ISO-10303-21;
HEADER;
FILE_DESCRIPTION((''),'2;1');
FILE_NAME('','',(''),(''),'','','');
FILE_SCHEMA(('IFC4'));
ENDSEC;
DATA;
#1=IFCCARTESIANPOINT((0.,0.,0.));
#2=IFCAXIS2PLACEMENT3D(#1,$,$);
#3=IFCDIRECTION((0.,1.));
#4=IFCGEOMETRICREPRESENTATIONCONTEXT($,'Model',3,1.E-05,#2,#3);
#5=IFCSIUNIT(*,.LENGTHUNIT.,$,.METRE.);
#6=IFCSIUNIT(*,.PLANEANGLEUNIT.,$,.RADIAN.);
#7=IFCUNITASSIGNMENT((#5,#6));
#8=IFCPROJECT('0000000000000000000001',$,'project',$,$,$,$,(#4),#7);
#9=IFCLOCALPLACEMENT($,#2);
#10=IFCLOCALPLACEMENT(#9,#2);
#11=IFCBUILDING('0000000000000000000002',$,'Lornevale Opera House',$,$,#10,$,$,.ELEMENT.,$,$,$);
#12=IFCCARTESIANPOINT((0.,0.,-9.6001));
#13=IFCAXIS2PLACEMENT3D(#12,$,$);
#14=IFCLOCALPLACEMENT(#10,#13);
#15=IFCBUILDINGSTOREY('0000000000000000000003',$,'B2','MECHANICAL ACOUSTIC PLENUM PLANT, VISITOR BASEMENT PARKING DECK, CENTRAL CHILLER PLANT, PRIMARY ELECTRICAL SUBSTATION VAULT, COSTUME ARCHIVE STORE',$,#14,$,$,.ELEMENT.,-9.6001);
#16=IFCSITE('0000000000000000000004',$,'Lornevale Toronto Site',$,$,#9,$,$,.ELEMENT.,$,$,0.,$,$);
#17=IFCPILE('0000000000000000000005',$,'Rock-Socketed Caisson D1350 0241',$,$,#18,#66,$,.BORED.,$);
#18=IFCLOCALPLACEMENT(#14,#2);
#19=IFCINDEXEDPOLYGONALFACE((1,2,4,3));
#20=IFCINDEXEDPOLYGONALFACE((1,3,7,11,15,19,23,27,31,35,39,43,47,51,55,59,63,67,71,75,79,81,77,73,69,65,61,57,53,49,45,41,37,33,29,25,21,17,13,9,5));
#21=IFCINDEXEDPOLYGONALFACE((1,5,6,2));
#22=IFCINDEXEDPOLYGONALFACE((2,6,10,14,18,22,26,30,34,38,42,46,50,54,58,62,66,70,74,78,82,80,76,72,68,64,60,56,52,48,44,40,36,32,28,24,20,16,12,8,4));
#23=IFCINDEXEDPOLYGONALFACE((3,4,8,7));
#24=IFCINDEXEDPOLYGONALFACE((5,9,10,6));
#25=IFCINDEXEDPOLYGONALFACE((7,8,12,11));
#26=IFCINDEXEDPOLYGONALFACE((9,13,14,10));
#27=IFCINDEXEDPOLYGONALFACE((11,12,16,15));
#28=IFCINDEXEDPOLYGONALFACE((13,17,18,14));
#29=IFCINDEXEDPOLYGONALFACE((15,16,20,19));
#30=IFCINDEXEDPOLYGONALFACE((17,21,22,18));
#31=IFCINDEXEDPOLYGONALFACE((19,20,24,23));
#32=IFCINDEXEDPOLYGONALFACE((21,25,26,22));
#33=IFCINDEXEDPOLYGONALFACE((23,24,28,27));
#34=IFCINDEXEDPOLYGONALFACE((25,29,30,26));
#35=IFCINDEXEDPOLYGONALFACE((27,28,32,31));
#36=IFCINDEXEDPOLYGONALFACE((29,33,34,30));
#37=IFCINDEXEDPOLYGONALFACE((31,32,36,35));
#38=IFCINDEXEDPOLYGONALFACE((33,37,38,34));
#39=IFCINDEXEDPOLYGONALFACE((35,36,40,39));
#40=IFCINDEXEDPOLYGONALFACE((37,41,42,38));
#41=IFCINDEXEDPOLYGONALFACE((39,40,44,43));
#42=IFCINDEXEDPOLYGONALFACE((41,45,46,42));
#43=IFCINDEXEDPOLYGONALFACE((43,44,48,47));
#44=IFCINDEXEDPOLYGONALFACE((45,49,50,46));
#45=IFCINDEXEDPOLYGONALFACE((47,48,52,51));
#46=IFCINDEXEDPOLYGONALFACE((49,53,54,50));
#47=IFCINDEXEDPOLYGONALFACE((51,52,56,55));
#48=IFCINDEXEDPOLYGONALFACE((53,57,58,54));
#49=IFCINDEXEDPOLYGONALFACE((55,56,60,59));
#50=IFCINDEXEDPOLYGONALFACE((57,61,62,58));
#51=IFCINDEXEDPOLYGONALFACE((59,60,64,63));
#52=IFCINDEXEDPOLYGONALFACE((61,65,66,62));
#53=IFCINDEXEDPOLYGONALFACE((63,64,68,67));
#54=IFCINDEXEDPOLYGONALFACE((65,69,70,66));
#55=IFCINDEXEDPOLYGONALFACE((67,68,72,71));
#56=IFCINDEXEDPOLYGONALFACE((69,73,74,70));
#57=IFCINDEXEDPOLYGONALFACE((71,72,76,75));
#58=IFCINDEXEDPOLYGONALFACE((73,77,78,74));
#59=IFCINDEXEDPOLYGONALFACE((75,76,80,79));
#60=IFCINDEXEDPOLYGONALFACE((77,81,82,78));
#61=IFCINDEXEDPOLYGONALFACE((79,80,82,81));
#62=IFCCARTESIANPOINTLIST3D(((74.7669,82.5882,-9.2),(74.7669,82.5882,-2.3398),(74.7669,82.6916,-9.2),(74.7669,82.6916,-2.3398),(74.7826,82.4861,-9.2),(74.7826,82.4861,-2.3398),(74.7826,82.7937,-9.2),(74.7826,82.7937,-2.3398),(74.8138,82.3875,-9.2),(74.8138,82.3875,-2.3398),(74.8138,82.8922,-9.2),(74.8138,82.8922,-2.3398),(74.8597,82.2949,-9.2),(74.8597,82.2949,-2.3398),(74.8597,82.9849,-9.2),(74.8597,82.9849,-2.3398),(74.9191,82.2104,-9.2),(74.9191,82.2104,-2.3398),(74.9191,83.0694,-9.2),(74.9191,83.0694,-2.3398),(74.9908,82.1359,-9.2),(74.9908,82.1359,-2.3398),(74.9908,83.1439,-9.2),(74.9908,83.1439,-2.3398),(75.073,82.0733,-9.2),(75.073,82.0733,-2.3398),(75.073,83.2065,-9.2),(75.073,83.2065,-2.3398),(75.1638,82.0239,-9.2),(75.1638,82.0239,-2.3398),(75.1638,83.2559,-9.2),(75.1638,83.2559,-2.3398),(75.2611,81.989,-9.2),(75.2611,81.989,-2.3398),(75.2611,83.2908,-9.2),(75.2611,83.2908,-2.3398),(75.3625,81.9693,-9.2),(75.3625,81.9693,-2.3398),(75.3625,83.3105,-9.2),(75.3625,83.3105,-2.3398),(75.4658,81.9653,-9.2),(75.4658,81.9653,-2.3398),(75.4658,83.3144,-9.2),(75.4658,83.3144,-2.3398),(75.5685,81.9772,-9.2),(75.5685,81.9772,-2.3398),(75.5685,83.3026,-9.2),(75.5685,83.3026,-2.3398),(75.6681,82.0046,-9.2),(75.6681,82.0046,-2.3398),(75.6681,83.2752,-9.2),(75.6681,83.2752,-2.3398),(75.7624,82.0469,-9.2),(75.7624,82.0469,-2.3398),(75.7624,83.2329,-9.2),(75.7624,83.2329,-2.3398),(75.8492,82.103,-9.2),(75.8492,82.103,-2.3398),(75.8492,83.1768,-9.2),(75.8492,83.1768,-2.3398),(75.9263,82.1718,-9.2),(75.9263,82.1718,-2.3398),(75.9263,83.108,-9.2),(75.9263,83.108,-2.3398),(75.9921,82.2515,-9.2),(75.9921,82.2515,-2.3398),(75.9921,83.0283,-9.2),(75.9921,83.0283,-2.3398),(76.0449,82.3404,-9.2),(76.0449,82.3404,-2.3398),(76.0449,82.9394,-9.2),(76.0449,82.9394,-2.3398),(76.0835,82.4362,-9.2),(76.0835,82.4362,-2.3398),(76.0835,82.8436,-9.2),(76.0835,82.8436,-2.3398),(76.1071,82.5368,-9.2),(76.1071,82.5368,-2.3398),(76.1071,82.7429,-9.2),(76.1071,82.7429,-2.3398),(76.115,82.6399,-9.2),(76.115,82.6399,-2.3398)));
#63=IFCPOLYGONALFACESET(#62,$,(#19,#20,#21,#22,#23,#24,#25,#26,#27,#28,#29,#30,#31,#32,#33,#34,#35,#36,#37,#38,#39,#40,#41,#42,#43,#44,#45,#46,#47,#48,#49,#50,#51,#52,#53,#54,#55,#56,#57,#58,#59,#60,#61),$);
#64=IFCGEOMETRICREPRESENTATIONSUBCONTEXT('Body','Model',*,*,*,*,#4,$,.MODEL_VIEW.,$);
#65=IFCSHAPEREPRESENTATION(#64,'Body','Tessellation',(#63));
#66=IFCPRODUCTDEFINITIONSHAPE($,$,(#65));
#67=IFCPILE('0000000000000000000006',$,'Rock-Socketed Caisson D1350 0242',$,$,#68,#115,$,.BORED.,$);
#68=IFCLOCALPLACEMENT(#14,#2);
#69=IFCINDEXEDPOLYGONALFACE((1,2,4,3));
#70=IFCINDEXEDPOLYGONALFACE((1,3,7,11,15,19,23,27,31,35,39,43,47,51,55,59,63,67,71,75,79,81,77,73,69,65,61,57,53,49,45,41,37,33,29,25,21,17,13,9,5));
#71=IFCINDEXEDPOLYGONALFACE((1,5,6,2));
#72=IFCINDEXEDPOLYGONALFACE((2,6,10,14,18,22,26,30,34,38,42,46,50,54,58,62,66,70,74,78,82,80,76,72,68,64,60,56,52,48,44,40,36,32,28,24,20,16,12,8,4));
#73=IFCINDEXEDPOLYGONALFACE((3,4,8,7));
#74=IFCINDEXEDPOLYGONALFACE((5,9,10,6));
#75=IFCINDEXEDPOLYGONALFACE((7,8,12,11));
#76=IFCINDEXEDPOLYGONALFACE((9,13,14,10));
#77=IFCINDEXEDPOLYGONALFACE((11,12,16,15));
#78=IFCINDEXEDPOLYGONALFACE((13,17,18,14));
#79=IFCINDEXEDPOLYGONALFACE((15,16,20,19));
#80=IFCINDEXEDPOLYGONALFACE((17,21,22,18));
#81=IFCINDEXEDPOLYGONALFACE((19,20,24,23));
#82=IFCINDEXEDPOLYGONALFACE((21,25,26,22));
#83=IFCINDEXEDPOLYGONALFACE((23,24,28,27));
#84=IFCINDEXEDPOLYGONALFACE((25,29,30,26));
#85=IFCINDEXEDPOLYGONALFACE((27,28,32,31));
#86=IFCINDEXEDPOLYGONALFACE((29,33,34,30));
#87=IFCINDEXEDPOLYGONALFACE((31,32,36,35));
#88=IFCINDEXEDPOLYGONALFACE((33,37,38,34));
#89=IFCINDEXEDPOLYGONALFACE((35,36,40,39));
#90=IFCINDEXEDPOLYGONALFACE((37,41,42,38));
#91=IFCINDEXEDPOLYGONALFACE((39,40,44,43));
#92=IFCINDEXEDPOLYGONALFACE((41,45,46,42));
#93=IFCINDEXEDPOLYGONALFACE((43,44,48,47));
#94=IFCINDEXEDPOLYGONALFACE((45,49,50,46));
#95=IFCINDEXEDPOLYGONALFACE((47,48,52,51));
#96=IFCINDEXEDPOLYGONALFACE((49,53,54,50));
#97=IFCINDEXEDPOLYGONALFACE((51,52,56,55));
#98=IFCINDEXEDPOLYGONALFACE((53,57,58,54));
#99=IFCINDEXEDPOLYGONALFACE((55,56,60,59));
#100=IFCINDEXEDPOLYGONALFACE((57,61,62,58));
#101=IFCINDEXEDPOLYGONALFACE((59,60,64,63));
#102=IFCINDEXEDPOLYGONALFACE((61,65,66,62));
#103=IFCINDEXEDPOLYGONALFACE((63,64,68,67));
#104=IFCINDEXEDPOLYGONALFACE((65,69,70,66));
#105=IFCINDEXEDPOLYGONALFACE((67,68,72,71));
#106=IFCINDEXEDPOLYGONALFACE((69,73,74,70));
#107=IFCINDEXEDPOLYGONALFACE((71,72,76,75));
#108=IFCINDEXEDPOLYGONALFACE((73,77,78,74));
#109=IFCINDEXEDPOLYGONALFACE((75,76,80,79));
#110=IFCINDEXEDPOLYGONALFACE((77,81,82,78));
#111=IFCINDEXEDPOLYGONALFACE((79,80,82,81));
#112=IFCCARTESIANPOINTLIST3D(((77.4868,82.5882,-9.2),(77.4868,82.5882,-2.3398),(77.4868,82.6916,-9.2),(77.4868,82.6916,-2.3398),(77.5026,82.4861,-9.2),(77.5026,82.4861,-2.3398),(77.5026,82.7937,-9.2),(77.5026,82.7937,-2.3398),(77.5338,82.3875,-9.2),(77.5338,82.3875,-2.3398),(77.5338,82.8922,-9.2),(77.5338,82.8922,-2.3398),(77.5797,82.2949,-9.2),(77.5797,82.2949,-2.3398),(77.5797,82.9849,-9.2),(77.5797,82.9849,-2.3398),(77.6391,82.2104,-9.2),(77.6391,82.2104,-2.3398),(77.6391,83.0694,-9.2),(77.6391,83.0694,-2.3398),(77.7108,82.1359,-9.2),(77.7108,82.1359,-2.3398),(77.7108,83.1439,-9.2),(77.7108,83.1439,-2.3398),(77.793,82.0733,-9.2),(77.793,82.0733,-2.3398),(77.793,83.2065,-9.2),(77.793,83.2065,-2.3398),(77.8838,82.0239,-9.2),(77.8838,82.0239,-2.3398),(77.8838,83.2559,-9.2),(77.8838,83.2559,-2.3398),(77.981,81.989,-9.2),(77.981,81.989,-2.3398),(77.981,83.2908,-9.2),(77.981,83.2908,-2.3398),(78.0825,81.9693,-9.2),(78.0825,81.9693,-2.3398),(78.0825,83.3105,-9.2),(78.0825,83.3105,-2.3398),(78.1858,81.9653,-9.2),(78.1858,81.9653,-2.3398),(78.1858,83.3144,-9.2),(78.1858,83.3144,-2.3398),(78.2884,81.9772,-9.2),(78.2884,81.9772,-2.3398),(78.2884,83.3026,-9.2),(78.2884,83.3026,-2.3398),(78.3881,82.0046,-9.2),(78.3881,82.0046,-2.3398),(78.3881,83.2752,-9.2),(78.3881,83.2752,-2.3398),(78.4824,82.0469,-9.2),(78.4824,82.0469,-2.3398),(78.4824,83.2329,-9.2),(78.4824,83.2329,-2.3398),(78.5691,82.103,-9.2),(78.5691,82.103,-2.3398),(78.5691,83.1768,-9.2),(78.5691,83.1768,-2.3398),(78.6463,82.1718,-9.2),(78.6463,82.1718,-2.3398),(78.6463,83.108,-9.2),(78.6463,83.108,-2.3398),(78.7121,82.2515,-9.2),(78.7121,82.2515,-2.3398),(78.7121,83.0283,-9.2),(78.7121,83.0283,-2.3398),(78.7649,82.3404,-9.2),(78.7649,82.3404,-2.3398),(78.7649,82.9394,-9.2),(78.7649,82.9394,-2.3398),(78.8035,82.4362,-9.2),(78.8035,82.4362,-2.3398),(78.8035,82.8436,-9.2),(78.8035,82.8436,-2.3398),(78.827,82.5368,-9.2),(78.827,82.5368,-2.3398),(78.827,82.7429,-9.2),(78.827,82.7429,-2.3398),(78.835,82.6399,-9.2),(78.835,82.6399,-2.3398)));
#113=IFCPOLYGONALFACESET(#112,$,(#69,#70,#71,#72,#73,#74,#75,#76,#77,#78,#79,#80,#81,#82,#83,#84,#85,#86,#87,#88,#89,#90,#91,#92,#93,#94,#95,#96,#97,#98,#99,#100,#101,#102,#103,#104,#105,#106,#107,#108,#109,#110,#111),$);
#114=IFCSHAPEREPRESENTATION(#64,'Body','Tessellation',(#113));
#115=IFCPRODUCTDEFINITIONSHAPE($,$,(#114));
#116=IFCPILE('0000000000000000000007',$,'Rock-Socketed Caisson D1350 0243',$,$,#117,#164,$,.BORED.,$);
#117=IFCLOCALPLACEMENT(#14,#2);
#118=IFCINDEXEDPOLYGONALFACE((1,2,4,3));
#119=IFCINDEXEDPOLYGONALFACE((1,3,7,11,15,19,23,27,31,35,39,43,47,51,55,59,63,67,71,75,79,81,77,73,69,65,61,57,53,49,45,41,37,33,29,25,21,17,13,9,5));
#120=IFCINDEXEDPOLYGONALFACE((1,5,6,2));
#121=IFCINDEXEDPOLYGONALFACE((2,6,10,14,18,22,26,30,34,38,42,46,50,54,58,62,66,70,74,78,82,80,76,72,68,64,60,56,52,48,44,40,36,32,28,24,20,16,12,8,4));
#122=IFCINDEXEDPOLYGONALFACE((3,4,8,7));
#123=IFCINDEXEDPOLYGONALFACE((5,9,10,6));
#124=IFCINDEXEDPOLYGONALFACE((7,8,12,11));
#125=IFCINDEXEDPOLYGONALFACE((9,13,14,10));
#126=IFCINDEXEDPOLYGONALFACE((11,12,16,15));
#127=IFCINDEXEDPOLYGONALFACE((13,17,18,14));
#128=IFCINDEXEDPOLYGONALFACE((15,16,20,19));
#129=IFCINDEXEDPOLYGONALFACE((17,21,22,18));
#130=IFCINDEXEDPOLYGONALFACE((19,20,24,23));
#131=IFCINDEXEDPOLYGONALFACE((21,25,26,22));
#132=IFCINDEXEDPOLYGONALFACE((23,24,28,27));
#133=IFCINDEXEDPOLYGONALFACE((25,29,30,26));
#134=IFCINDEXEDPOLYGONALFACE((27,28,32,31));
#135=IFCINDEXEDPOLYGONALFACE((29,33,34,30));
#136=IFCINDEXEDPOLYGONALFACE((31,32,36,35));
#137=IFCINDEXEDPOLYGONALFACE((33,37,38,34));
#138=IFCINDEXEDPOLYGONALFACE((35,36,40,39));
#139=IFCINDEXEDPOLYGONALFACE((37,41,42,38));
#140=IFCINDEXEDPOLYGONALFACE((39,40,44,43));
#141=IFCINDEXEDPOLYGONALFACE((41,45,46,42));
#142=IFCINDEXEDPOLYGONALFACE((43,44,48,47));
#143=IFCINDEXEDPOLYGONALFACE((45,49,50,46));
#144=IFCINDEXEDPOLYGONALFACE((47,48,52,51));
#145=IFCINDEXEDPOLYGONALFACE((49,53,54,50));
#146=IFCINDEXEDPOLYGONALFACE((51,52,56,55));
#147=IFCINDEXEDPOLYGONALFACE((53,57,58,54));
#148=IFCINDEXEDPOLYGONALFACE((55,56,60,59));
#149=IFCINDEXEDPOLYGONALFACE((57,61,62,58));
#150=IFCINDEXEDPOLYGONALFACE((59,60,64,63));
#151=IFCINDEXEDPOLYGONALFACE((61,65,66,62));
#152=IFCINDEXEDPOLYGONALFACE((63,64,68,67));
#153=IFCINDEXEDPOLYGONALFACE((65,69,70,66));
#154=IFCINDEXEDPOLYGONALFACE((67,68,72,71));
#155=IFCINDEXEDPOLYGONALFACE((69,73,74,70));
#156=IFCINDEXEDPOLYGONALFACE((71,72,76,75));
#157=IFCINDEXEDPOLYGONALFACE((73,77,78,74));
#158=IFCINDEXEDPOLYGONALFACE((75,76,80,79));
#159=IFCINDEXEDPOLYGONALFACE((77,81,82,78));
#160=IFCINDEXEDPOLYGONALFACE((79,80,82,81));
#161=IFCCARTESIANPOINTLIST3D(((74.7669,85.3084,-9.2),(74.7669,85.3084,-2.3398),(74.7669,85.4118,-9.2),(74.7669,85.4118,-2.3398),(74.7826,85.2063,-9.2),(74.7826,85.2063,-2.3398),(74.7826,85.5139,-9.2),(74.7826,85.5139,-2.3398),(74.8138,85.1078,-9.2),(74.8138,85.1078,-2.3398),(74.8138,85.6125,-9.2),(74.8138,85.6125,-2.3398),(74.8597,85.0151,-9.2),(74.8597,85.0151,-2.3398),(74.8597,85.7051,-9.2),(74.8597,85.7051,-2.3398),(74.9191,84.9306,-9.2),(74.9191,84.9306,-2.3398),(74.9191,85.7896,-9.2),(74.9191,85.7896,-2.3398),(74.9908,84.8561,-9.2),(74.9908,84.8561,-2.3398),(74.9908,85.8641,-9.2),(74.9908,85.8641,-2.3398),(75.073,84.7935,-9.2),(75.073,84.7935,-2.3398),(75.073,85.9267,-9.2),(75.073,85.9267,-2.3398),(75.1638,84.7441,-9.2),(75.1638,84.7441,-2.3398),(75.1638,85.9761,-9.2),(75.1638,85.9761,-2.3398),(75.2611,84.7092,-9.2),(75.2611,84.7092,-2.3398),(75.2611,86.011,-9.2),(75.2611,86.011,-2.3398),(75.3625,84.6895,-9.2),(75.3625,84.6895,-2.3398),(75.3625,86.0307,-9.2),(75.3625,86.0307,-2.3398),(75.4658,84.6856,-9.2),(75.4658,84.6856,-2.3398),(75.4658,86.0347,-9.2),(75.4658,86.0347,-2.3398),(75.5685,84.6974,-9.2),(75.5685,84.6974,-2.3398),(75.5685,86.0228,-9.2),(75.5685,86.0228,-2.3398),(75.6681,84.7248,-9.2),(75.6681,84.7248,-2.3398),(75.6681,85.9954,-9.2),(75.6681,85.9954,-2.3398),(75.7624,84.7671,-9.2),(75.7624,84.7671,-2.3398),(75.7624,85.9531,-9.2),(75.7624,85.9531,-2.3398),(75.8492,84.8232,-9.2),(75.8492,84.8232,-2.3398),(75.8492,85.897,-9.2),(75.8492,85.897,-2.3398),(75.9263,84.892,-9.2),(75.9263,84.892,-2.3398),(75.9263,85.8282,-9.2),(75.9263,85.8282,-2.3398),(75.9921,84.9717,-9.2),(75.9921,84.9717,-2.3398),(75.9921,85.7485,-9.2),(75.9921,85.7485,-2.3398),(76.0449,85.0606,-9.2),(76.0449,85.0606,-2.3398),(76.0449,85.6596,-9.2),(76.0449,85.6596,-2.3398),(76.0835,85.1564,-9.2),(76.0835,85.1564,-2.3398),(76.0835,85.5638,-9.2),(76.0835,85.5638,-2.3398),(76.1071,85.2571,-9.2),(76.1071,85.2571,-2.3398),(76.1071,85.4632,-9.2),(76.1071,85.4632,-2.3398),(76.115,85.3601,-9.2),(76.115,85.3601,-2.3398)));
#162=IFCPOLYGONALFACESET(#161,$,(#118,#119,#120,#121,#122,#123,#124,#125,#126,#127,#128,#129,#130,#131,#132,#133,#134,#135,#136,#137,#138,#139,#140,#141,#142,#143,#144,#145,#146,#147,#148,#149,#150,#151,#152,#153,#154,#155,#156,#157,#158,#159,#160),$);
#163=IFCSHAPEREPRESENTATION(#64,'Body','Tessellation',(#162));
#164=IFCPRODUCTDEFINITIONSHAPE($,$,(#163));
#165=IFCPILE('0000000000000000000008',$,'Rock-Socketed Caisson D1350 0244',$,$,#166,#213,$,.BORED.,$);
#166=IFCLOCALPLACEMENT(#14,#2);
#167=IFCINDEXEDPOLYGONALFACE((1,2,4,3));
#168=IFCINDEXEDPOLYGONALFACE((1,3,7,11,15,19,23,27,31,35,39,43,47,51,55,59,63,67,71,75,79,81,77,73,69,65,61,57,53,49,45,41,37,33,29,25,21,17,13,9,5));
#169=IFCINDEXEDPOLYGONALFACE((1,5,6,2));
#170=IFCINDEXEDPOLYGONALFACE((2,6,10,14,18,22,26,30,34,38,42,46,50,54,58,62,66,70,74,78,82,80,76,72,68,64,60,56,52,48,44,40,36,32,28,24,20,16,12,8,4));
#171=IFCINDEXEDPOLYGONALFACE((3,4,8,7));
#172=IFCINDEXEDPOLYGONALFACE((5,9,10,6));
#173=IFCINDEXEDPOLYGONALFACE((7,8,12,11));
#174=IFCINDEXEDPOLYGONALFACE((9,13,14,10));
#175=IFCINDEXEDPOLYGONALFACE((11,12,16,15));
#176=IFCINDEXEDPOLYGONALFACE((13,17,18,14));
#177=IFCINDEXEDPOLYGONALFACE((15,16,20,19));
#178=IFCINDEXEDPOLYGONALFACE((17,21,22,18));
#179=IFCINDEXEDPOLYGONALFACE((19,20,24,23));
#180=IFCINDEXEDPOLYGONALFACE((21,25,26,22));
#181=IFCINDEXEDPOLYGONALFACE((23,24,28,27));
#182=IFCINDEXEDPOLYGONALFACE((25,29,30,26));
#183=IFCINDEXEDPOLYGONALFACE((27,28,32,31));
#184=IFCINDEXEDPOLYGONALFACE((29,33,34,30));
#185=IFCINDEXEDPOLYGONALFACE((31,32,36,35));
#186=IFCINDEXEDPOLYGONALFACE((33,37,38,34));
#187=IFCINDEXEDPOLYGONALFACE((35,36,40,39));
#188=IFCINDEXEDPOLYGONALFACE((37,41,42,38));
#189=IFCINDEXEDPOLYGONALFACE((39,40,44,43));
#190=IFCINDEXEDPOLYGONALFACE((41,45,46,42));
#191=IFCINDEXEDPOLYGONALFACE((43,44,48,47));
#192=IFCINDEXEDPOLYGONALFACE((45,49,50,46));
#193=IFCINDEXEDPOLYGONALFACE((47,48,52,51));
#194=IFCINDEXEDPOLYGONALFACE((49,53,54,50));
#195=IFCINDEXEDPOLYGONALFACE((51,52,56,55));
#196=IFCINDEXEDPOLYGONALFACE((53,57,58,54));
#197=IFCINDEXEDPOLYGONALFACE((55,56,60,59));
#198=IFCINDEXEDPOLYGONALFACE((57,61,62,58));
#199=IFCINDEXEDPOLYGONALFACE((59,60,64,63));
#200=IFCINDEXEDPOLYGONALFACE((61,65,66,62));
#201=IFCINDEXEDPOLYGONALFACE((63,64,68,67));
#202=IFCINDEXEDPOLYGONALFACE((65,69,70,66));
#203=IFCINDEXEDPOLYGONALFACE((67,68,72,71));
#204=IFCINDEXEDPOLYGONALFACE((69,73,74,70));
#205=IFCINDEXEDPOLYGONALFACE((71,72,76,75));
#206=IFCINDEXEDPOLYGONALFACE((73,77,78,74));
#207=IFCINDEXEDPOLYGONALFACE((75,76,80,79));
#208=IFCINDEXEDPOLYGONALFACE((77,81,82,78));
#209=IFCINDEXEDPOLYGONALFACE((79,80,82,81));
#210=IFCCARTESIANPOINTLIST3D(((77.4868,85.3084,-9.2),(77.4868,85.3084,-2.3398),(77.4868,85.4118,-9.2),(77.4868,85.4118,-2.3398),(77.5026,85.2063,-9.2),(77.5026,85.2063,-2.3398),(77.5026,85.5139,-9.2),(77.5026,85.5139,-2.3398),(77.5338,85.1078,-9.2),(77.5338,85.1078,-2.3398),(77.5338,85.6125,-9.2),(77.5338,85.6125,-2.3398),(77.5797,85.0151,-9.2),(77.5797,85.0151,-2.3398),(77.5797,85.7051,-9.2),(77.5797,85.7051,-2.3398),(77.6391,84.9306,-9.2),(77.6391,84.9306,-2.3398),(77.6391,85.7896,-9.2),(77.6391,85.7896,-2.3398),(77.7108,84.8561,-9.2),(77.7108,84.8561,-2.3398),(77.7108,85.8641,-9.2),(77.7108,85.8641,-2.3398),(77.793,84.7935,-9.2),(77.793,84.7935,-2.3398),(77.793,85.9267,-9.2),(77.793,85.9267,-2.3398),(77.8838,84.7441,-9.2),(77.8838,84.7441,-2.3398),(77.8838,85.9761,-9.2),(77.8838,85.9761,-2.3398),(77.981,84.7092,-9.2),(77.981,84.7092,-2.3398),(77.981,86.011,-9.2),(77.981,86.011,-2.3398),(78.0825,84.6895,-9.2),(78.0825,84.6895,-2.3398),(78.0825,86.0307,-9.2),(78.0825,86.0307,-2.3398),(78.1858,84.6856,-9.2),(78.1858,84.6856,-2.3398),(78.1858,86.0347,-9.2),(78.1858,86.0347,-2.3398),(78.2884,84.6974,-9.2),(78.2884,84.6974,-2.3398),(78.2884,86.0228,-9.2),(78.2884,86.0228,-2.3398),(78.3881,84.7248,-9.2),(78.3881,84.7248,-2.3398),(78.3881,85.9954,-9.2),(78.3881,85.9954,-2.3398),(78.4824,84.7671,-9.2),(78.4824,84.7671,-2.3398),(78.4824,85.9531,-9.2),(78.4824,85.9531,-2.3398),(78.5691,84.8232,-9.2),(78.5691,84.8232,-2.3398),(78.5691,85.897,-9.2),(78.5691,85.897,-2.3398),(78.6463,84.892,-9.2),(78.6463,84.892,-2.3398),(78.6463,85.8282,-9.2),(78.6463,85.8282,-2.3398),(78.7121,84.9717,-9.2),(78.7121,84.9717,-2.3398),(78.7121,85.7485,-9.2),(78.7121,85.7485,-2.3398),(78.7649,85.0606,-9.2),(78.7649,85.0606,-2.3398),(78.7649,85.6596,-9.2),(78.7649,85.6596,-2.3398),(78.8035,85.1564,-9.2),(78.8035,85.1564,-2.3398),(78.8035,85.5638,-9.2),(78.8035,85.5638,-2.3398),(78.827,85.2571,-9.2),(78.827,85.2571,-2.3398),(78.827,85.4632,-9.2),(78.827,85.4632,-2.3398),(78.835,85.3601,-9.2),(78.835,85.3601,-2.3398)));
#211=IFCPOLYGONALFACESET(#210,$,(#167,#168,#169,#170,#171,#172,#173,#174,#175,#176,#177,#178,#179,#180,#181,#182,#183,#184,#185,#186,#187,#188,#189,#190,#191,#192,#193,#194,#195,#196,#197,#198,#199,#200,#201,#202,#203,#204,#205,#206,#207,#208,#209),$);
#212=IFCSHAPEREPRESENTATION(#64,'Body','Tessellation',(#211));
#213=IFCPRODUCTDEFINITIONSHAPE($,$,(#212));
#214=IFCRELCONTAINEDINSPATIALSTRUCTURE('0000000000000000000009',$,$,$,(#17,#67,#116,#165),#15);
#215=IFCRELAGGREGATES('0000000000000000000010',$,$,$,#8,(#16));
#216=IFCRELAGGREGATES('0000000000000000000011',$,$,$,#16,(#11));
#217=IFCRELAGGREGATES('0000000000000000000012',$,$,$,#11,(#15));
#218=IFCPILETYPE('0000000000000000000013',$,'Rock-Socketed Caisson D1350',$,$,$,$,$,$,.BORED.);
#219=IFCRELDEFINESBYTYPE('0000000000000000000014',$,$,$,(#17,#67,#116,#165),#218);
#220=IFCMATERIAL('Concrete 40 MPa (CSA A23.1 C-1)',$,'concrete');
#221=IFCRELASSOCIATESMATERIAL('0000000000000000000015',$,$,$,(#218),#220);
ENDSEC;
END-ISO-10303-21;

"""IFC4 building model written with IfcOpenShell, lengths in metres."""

from ifc_helpers import new_model, si_unit, direction, frame, origin, origin_2d, place, context, subcontext, project, spatial, circle, extrude, material, material_profile, profile_set, type_object, element, save


model = new_model("IFC4")

# Units and contexts
model_context = context("Model", 3, precision=1e-05, world=origin(), true_north=direction((0.0, 1.0)))
body_context = subcontext(model_context, "Body", "Model", "MODEL_VIEW")
ifc_project = project(units=[si_unit("LENGTHUNIT", "METRE"), si_unit("PLANEANGLEUNIT", "RADIAN")], contexts=[model_context])

# Site, building, storey
site_placement = place(None, origin())
site = spatial("IfcSite", under=ifc_project, at=site_placement, Name="Lornevale Toronto Site", CompositionType="ELEMENT", RefElevation=0.0)
building_placement = place(site_placement, origin())
building = spatial("IfcBuilding", under=site, at=building_placement, Name="Lornevale Opera House", CompositionType="ELEMENT")
storey_placement = place(building_placement, frame((0.0, 0.0, -9.6001)))
storey = spatial("IfcBuildingStorey", under=building, at=storey_placement, Name="B2", Description="MECHANICAL ACOUSTIC PLENUM PLANT, VISITOR BASEMENT PARKING DECK, CENTRAL CHILLER PLANT, PRIMARY ELECTRICAL SUBSTATION VAULT, COSTUME ARCHIVE STORE", CompositionType="ELEMENT", Elevation=-9.6001)

# Piles
ifc_material_1 = material(Name="Concrete 40 MPa (CSA A23.1 C-1)", Category="concrete")
ifc_material_profile_1 = material_profile(ifc_material_1, circle(Radius=0.675, at=origin_2d()), Name="CAIS1350")
ifc_profile_set_1 = profile_set([ifc_material_profile_1], Name="Concrete 40 MPa (CSA A23.1 C-1)")
pile_type_1 = type_object("IfcPileType", Name="Rock-Socketed Caisson D1350", PredefinedType="BORED", material=ifc_profile_set_1)
for number, where, z_axis, x_axis, name in (
    (1, (75.4399, 82.6399, -2.3398), (0.0, 0.0, -1.0), (1.0, 0.0, 0.0), "Rock-Socketed Caisson D1350 0241"),
    (2, (78.1599, 82.6399, -2.3398), (0.0, 0.0, -1.0), (1.0, 0.0, 0.0), "Rock-Socketed Caisson D1350 0242"),
    (3, (75.4399, 85.3601, -2.3398), (0.0, 0.0, -1.0), (1.0, 0.0, 0.0), "Rock-Socketed Caisson D1350 0243"),
    (4, (78.1599, 85.3601, -2.3398), (0.0, 0.0, -1.0), (1.0, 0.0, 0.0), "Rock-Socketed Caisson D1350 0244"),
):
    element("IfcPile", number, at=place(storey_placement, frame(where, z_axis=z_axis, x_axis=x_axis)), inside=storey, type_object=pile_type_1, Name=name, PredefinedType="BORED", context=body_context, shape_type="SweptSolid", body=[
        extrude(circle(Radius=0.675, at=origin_2d()), origin(), (0.0, 0.0, 1.0), 6.8601),
    ])

save(model, "model.ifc")
